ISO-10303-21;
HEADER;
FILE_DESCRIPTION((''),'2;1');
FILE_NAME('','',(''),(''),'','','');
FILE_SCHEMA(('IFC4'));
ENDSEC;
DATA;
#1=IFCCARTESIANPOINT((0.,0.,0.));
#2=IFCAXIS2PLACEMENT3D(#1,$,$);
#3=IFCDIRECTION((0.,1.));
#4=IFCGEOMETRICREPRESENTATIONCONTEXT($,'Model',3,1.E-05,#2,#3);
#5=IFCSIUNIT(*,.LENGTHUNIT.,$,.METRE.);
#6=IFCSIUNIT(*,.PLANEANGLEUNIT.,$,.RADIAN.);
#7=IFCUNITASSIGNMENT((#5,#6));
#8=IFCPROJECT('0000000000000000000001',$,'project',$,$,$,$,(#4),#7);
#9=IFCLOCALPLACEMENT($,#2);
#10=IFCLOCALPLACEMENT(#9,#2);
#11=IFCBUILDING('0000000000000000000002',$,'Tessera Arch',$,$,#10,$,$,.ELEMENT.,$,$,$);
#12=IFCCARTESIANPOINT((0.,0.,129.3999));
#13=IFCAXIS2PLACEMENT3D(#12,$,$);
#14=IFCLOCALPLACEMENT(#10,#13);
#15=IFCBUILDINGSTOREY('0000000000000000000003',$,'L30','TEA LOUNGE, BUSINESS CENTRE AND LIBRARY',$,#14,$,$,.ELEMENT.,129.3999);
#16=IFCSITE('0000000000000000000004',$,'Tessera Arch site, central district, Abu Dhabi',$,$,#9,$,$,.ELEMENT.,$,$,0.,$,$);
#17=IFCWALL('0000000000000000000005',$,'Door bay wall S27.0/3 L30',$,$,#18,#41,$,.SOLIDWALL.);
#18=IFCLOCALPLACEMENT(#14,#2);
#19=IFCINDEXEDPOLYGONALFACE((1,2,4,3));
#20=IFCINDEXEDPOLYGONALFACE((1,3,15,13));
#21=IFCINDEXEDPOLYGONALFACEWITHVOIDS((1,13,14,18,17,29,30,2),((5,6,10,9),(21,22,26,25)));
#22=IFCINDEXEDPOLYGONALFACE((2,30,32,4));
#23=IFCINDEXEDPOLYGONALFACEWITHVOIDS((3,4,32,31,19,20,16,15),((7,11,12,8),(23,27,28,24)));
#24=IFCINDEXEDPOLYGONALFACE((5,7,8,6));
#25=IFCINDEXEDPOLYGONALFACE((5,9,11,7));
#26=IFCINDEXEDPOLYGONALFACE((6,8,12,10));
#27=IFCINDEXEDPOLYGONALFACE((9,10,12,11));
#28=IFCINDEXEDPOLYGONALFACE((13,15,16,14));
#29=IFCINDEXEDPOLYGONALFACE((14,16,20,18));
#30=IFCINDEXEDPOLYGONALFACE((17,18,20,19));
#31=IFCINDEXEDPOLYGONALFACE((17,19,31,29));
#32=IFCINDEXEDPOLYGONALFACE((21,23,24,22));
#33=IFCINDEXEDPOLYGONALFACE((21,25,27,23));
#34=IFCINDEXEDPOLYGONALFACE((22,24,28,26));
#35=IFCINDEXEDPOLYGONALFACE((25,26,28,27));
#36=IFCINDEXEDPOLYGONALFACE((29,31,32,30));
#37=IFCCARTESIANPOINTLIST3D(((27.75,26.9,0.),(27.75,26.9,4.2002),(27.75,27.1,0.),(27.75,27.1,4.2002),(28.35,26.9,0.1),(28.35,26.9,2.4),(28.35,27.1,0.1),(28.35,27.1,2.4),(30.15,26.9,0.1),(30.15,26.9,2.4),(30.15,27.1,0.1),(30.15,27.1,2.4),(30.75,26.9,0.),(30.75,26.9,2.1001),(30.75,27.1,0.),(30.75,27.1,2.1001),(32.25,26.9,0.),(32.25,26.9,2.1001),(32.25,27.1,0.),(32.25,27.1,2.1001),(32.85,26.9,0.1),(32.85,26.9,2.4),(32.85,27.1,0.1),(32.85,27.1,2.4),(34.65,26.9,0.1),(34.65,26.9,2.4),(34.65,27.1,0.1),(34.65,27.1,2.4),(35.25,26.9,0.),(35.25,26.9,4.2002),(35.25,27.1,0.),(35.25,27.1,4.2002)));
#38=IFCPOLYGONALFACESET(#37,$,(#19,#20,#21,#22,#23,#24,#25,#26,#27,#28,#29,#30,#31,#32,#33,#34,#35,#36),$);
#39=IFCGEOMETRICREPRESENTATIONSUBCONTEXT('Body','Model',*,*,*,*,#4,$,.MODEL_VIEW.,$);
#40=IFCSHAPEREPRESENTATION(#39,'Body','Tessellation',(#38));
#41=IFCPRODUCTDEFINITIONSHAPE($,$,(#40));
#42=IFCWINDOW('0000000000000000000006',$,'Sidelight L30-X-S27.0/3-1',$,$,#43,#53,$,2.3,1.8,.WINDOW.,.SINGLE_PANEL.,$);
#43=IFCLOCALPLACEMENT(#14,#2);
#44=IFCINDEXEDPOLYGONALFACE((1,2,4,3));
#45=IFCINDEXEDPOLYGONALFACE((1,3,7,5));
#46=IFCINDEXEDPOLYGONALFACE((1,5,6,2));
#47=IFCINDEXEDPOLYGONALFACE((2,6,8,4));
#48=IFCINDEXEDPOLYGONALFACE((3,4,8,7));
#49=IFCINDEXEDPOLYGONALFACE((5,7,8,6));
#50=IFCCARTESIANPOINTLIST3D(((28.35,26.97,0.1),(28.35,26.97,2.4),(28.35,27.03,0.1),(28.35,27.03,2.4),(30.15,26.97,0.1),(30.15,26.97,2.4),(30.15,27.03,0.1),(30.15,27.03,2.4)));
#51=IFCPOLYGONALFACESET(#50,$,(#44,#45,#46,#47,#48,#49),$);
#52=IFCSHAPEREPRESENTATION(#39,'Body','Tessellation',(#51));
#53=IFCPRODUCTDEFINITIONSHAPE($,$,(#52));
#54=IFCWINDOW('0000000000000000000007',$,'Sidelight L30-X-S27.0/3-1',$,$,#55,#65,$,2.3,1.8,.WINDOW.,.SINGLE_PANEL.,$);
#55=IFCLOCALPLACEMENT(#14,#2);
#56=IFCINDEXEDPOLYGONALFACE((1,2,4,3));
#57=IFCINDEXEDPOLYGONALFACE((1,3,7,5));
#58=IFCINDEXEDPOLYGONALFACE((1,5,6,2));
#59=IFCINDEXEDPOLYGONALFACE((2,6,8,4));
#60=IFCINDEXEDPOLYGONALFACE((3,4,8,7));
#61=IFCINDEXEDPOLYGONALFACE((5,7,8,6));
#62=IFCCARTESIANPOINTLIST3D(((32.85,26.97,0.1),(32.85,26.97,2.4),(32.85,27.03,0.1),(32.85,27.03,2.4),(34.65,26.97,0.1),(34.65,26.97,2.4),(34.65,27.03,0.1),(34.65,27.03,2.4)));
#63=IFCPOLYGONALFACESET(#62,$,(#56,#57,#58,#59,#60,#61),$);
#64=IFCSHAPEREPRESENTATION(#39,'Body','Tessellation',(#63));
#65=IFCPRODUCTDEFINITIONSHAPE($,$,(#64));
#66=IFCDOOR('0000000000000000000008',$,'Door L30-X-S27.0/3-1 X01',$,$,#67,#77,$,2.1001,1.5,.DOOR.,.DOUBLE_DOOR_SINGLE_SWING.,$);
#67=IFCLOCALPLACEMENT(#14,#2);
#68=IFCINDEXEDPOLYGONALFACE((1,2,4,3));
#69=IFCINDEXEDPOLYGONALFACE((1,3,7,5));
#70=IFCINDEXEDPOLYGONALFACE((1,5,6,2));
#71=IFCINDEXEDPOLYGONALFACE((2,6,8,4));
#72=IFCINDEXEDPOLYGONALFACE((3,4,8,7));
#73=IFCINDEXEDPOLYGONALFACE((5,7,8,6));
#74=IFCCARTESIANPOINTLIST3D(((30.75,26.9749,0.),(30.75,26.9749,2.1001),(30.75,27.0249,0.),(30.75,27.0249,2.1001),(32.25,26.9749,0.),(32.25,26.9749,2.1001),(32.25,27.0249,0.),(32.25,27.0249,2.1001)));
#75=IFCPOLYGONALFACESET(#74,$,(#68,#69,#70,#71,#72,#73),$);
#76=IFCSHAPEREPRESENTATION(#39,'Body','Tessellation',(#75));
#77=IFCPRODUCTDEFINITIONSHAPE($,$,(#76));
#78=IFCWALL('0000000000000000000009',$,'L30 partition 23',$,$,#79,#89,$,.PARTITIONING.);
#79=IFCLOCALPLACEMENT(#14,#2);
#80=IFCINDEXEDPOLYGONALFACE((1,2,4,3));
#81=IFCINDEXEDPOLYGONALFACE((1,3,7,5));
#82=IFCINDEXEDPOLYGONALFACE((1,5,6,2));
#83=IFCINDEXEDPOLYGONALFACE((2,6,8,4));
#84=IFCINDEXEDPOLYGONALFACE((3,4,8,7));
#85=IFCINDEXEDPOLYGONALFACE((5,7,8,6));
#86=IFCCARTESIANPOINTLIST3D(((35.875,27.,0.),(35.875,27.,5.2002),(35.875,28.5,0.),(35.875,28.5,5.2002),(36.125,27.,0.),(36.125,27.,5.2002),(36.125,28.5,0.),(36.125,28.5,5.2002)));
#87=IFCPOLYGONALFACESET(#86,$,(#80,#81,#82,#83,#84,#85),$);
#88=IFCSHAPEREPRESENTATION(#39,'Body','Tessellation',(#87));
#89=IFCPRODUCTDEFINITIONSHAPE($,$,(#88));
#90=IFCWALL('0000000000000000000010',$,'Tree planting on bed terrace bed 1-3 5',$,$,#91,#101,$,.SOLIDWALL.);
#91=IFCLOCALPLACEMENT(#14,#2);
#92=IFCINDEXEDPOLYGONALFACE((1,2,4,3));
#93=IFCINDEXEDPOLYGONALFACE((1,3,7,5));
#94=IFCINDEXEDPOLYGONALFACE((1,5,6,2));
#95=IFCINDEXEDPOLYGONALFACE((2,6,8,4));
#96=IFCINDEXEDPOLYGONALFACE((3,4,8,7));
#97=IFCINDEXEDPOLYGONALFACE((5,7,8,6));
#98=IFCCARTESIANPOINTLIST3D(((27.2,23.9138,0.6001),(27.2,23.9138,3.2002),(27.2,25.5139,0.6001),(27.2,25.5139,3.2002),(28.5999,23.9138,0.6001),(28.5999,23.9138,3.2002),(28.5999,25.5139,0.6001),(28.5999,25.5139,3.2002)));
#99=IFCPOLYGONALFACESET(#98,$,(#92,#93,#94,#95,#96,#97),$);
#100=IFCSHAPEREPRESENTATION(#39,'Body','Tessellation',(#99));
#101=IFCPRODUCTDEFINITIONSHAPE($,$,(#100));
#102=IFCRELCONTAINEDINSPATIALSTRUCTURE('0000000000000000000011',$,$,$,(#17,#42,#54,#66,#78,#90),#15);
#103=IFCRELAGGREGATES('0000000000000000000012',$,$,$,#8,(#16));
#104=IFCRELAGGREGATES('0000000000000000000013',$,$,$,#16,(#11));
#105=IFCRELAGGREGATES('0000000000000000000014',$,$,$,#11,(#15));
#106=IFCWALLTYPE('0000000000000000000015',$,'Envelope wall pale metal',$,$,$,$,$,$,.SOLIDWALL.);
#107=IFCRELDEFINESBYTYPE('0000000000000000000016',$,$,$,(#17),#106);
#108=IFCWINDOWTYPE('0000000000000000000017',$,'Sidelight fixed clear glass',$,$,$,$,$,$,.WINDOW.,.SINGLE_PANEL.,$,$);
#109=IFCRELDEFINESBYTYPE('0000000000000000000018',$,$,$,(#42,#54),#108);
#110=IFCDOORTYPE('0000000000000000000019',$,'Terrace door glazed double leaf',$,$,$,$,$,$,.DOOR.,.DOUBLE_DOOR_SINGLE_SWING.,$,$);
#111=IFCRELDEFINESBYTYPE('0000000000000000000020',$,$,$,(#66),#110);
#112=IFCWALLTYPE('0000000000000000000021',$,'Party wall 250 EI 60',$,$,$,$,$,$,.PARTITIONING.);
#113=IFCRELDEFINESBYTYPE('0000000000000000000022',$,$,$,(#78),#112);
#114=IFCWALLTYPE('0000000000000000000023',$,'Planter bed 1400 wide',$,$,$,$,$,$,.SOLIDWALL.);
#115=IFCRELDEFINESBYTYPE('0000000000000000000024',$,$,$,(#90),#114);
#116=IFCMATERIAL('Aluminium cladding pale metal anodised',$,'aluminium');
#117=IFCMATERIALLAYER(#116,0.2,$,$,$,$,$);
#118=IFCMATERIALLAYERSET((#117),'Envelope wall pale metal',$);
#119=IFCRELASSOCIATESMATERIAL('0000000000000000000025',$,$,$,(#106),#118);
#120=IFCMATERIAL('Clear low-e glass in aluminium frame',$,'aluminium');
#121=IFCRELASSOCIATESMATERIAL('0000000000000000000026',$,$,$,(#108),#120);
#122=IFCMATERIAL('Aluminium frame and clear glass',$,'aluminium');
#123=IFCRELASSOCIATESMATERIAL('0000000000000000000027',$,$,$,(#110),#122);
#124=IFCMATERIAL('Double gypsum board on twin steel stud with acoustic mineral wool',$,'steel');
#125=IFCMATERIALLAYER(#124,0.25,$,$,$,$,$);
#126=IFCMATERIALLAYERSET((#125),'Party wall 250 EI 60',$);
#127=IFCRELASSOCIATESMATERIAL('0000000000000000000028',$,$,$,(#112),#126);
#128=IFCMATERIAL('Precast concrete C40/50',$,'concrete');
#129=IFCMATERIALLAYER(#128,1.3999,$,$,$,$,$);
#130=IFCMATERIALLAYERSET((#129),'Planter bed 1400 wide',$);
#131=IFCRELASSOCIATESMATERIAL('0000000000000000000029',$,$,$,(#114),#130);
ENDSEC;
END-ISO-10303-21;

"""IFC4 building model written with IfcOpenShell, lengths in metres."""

from ifc_helpers import new_model, si_unit, direction, frame, frame_2d, origin, place, context, subcontext, project, spatial, rectangle, extrude, material, layer, layer_set, type_object, element, fill, save


model = new_model("IFC4")

# Units and contexts
model_context = context("Model", 3, precision=1e-05, world=origin(), true_north=direction((0.0, 1.0)))
body_context = subcontext(model_context, "Body", "Model", "MODEL_VIEW")
ifc_project = project(units=[si_unit("LENGTHUNIT", "METRE"), si_unit("PLANEANGLEUNIT", "RADIAN")], contexts=[model_context])

# Site, building, storey
site_placement = place(None, origin())
site = spatial("IfcSite", under=ifc_project, at=site_placement, Name="Tessera Arch site, central district, Abu Dhabi", CompositionType="ELEMENT", RefElevation=0.0)
building_placement = place(site_placement, origin())
building = spatial("IfcBuilding", under=site, at=building_placement, Name="Tessera Arch", CompositionType="ELEMENT")
storey_placement = place(building_placement, frame((0.0, 0.0, 129.3999)))
storey = spatial("IfcBuildingStorey", under=building, at=storey_placement, Name="L30", Description="TEA LOUNGE, BUSINESS CENTRE AND LIBRARY", CompositionType="ELEMENT", Elevation=129.3999)

# Wall, openings, windows, door
ifc_material_1 = material(Name="Aluminium cladding pale metal anodised", Category="aluminium")
ifc_layer_1 = layer(ifc_material_1, 0.2)
ifc_layer_set_1 = layer_set([ifc_layer_1], Name="Envelope wall pale metal")
wall_type_1 = type_object("IfcWallType", Name="Envelope wall pale metal", PredefinedType="SOLIDWALL", material=ifc_layer_set_1)
wall_1_placement = place(storey_placement, frame((27.75, 27.0, 0.0), z_axis=(0.0, 0.0, 1.0), x_axis=(1.0, 0.0, 0.0)))
wall_1 = element("IfcWall", 1, at=wall_1_placement, inside=storey, type_object=wall_type_1, Name="Door bay wall S27.0/3 L30", PredefinedType="SOLIDWALL", context=body_context, shape_type="SweptSolid", body=[
    extrude(rectangle(XDim=7.5, YDim=0.2, at=frame_2d((3.75, 0.0))), origin(), (0.0, 0.0, 1.0), 4.2002),
])
opening_1_placement = place(wall_1_placement, frame((3.0, 0.0, 0.0)))
opening_1 = element("IfcOpeningElement", 2, at=opening_1_placement, cuts=wall_1, PredefinedType="OPENING", context=body_context, shape_type="SweptSolid", body=[
    extrude(rectangle(XDim=1.5, YDim=2.1001, at=frame_2d((0.75, 1.05))), frame((0.0, 0.1099, 0.0), z_axis=(0.0, -1.0, 0.0), x_axis=(1.0, 0.0, 0.0)), (0.0, 0.0, 1.0), 0.22),
])
opening_2_placement = place(wall_1_placement, frame((0.6001, 0.0, 0.1001)))
opening_2 = element("IfcOpeningElement", 3, at=opening_2_placement, cuts=wall_1, PredefinedType="OPENING", context=body_context, shape_type="SweptSolid", body=[
    extrude(rectangle(XDim=1.8, YDim=2.3, at=frame_2d((0.8999, 1.1499))), frame((0.0, 0.1099, 0.0), z_axis=(0.0, -1.0, 0.0), x_axis=(1.0, 0.0, 0.0)), (0.0, 0.0, 1.0), 0.22),
])
opening_3_placement = place(wall_1_placement, frame((5.1001, 0.0, 0.1001)))
opening_3 = element("IfcOpeningElement", 4, at=opening_3_placement, cuts=wall_1, PredefinedType="OPENING", context=body_context, shape_type="SweptSolid", body=[
    extrude(rectangle(XDim=1.8, YDim=2.3, at=frame_2d((0.8999, 1.1499))), frame((0.0, 0.1099, 0.0), z_axis=(0.0, -1.0, 0.0), x_axis=(1.0, 0.0, 0.0)), (0.0, 0.0, 1.0), 0.22),
])
ifc_material_2 = material(Name="Clear low-e glass in aluminium frame", Category="aluminium")
window_type = type_object("IfcWindowType", Name="Sidelight fixed clear glass", PartitioningType="SINGLE_PANEL", PredefinedType="WINDOW", material=ifc_material_2)
window_1_placement = place(opening_2_placement, origin())
window_1 = element("IfcWindow", 5, at=window_1_placement, inside=storey, type_object=window_type, Name="Sidelight L30-X-S27.0/3-1", OverallHeight=2.3, OverallWidth=1.8, PartitioningType="SINGLE_PANEL", PredefinedType="WINDOW", context=body_context, shape_type="SweptSolid", body=[
    extrude(rectangle(XDim=1.8, YDim=2.3, at=frame_2d((0.8999, 1.1499))), frame((0.0, 0.03, 0.0), z_axis=(0.0, -1.0, 0.0), x_axis=(1.0, 0.0, 0.0)), (0.0, 0.0, 1.0), 0.0601),
])
fill(opening_2, window_1)
window_2_placement = place(opening_3_placement, origin())
window_2 = element("IfcWindow", 6, at=window_2_placement, inside=storey, type_object=window_type, Name="Sidelight L30-X-S27.0/3-1", OverallHeight=2.3, OverallWidth=1.8, PartitioningType="SINGLE_PANEL", PredefinedType="WINDOW", context=body_context, shape_type="SweptSolid", body=[
    extrude(rectangle(XDim=1.8, YDim=2.3, at=frame_2d((0.8999, 1.1499))), frame((0.0, 0.03, 0.0), z_axis=(0.0, -1.0, 0.0), x_axis=(1.0, 0.0, 0.0)), (0.0, 0.0, 1.0), 0.0601),
])
fill(opening_3, window_2)
ifc_material_3 = material(Name="Aluminium frame and clear glass", Category="aluminium")
door_type_1 = type_object("IfcDoorType", Name="Terrace door glazed double leaf", OperationType="DOUBLE_DOOR_SINGLE_SWING", PredefinedType="DOOR", material=ifc_material_3)
door_1_placement = place(opening_1_placement, origin())
door_1 = element("IfcDoor", 7, at=door_1_placement, inside=storey, type_object=door_type_1, Name="Door L30-X-S27.0/3-1 X01", OperationType="DOUBLE_DOOR_SINGLE_SWING", OverallHeight=2.1001, OverallWidth=1.5, PredefinedType="DOOR", context=body_context, shape_type="SweptSolid", body=[
    extrude(rectangle(XDim=1.5, YDim=2.1001, at=frame_2d((0.75, 1.05))), frame((0.0, 0.0249, 0.0), z_axis=(0.0, -1.0, 0.0), x_axis=(1.0, 0.0, 0.0)), (0.0, 0.0, 1.0), 0.05),
])
fill(opening_1, door_1)

# Walls
ifc_material_4 = material(Name="Double gypsum board on twin steel stud with acoustic mineral wool", Category="steel")
ifc_layer_2 = layer(ifc_material_4, 0.25)
ifc_layer_set_2 = layer_set([ifc_layer_2], Name="Party wall 250 EI 60")
wall_type_2 = type_object("IfcWallType", Name="Party wall 250 EI 60", PredefinedType="PARTITIONING", material=ifc_layer_set_2)
wall_2_placement = place(storey_placement, frame((36.0, 27.0, 0.0), z_axis=(0.0, 0.0, 1.0), x_axis=(0.0, 1.0, 0.0)))
element("IfcWall", 8, at=wall_2_placement, inside=storey, type_object=wall_type_2, Name="L30 partition 23", PredefinedType="PARTITIONING", context=body_context, shape_type="SweptSolid", body=[
    extrude(rectangle(XDim=1.5, YDim=0.25, at=frame_2d((0.75, 0.0))), origin(), (0.0, 0.0, 1.0), 5.2002),
])
ifc_material_5 = material(Name="Precast concrete C40/50", Category="concrete")
ifc_layer_3 = layer(ifc_material_5, 1.3999)
ifc_layer_set_3 = layer_set([ifc_layer_3], Name="Planter bed 1400 wide")
wall_type_3 = type_object("IfcWallType", Name="Planter bed 1400 wide", PredefinedType="SOLIDWALL", material=ifc_layer_set_3)
wall_3_placement = place(storey_placement, frame((27.8999, 23.9138, 0.6001), z_axis=(0.0, 0.0, 1.0), x_axis=(0.0, 1.0, 0.0)))
element("IfcWall", 9, at=wall_3_placement, inside=storey, type_object=wall_type_3, Name="Tree planting on bed terrace bed 1-3 5", PredefinedType="SOLIDWALL", context=body_context, shape_type="SweptSolid", body=[
    extrude(rectangle(XDim=1.6001, YDim=1.3999, at=frame_2d((0.8, 0.0))), origin(), (0.0, 0.0, 1.0), 2.6001),
])

save(model, "model.ifc")
